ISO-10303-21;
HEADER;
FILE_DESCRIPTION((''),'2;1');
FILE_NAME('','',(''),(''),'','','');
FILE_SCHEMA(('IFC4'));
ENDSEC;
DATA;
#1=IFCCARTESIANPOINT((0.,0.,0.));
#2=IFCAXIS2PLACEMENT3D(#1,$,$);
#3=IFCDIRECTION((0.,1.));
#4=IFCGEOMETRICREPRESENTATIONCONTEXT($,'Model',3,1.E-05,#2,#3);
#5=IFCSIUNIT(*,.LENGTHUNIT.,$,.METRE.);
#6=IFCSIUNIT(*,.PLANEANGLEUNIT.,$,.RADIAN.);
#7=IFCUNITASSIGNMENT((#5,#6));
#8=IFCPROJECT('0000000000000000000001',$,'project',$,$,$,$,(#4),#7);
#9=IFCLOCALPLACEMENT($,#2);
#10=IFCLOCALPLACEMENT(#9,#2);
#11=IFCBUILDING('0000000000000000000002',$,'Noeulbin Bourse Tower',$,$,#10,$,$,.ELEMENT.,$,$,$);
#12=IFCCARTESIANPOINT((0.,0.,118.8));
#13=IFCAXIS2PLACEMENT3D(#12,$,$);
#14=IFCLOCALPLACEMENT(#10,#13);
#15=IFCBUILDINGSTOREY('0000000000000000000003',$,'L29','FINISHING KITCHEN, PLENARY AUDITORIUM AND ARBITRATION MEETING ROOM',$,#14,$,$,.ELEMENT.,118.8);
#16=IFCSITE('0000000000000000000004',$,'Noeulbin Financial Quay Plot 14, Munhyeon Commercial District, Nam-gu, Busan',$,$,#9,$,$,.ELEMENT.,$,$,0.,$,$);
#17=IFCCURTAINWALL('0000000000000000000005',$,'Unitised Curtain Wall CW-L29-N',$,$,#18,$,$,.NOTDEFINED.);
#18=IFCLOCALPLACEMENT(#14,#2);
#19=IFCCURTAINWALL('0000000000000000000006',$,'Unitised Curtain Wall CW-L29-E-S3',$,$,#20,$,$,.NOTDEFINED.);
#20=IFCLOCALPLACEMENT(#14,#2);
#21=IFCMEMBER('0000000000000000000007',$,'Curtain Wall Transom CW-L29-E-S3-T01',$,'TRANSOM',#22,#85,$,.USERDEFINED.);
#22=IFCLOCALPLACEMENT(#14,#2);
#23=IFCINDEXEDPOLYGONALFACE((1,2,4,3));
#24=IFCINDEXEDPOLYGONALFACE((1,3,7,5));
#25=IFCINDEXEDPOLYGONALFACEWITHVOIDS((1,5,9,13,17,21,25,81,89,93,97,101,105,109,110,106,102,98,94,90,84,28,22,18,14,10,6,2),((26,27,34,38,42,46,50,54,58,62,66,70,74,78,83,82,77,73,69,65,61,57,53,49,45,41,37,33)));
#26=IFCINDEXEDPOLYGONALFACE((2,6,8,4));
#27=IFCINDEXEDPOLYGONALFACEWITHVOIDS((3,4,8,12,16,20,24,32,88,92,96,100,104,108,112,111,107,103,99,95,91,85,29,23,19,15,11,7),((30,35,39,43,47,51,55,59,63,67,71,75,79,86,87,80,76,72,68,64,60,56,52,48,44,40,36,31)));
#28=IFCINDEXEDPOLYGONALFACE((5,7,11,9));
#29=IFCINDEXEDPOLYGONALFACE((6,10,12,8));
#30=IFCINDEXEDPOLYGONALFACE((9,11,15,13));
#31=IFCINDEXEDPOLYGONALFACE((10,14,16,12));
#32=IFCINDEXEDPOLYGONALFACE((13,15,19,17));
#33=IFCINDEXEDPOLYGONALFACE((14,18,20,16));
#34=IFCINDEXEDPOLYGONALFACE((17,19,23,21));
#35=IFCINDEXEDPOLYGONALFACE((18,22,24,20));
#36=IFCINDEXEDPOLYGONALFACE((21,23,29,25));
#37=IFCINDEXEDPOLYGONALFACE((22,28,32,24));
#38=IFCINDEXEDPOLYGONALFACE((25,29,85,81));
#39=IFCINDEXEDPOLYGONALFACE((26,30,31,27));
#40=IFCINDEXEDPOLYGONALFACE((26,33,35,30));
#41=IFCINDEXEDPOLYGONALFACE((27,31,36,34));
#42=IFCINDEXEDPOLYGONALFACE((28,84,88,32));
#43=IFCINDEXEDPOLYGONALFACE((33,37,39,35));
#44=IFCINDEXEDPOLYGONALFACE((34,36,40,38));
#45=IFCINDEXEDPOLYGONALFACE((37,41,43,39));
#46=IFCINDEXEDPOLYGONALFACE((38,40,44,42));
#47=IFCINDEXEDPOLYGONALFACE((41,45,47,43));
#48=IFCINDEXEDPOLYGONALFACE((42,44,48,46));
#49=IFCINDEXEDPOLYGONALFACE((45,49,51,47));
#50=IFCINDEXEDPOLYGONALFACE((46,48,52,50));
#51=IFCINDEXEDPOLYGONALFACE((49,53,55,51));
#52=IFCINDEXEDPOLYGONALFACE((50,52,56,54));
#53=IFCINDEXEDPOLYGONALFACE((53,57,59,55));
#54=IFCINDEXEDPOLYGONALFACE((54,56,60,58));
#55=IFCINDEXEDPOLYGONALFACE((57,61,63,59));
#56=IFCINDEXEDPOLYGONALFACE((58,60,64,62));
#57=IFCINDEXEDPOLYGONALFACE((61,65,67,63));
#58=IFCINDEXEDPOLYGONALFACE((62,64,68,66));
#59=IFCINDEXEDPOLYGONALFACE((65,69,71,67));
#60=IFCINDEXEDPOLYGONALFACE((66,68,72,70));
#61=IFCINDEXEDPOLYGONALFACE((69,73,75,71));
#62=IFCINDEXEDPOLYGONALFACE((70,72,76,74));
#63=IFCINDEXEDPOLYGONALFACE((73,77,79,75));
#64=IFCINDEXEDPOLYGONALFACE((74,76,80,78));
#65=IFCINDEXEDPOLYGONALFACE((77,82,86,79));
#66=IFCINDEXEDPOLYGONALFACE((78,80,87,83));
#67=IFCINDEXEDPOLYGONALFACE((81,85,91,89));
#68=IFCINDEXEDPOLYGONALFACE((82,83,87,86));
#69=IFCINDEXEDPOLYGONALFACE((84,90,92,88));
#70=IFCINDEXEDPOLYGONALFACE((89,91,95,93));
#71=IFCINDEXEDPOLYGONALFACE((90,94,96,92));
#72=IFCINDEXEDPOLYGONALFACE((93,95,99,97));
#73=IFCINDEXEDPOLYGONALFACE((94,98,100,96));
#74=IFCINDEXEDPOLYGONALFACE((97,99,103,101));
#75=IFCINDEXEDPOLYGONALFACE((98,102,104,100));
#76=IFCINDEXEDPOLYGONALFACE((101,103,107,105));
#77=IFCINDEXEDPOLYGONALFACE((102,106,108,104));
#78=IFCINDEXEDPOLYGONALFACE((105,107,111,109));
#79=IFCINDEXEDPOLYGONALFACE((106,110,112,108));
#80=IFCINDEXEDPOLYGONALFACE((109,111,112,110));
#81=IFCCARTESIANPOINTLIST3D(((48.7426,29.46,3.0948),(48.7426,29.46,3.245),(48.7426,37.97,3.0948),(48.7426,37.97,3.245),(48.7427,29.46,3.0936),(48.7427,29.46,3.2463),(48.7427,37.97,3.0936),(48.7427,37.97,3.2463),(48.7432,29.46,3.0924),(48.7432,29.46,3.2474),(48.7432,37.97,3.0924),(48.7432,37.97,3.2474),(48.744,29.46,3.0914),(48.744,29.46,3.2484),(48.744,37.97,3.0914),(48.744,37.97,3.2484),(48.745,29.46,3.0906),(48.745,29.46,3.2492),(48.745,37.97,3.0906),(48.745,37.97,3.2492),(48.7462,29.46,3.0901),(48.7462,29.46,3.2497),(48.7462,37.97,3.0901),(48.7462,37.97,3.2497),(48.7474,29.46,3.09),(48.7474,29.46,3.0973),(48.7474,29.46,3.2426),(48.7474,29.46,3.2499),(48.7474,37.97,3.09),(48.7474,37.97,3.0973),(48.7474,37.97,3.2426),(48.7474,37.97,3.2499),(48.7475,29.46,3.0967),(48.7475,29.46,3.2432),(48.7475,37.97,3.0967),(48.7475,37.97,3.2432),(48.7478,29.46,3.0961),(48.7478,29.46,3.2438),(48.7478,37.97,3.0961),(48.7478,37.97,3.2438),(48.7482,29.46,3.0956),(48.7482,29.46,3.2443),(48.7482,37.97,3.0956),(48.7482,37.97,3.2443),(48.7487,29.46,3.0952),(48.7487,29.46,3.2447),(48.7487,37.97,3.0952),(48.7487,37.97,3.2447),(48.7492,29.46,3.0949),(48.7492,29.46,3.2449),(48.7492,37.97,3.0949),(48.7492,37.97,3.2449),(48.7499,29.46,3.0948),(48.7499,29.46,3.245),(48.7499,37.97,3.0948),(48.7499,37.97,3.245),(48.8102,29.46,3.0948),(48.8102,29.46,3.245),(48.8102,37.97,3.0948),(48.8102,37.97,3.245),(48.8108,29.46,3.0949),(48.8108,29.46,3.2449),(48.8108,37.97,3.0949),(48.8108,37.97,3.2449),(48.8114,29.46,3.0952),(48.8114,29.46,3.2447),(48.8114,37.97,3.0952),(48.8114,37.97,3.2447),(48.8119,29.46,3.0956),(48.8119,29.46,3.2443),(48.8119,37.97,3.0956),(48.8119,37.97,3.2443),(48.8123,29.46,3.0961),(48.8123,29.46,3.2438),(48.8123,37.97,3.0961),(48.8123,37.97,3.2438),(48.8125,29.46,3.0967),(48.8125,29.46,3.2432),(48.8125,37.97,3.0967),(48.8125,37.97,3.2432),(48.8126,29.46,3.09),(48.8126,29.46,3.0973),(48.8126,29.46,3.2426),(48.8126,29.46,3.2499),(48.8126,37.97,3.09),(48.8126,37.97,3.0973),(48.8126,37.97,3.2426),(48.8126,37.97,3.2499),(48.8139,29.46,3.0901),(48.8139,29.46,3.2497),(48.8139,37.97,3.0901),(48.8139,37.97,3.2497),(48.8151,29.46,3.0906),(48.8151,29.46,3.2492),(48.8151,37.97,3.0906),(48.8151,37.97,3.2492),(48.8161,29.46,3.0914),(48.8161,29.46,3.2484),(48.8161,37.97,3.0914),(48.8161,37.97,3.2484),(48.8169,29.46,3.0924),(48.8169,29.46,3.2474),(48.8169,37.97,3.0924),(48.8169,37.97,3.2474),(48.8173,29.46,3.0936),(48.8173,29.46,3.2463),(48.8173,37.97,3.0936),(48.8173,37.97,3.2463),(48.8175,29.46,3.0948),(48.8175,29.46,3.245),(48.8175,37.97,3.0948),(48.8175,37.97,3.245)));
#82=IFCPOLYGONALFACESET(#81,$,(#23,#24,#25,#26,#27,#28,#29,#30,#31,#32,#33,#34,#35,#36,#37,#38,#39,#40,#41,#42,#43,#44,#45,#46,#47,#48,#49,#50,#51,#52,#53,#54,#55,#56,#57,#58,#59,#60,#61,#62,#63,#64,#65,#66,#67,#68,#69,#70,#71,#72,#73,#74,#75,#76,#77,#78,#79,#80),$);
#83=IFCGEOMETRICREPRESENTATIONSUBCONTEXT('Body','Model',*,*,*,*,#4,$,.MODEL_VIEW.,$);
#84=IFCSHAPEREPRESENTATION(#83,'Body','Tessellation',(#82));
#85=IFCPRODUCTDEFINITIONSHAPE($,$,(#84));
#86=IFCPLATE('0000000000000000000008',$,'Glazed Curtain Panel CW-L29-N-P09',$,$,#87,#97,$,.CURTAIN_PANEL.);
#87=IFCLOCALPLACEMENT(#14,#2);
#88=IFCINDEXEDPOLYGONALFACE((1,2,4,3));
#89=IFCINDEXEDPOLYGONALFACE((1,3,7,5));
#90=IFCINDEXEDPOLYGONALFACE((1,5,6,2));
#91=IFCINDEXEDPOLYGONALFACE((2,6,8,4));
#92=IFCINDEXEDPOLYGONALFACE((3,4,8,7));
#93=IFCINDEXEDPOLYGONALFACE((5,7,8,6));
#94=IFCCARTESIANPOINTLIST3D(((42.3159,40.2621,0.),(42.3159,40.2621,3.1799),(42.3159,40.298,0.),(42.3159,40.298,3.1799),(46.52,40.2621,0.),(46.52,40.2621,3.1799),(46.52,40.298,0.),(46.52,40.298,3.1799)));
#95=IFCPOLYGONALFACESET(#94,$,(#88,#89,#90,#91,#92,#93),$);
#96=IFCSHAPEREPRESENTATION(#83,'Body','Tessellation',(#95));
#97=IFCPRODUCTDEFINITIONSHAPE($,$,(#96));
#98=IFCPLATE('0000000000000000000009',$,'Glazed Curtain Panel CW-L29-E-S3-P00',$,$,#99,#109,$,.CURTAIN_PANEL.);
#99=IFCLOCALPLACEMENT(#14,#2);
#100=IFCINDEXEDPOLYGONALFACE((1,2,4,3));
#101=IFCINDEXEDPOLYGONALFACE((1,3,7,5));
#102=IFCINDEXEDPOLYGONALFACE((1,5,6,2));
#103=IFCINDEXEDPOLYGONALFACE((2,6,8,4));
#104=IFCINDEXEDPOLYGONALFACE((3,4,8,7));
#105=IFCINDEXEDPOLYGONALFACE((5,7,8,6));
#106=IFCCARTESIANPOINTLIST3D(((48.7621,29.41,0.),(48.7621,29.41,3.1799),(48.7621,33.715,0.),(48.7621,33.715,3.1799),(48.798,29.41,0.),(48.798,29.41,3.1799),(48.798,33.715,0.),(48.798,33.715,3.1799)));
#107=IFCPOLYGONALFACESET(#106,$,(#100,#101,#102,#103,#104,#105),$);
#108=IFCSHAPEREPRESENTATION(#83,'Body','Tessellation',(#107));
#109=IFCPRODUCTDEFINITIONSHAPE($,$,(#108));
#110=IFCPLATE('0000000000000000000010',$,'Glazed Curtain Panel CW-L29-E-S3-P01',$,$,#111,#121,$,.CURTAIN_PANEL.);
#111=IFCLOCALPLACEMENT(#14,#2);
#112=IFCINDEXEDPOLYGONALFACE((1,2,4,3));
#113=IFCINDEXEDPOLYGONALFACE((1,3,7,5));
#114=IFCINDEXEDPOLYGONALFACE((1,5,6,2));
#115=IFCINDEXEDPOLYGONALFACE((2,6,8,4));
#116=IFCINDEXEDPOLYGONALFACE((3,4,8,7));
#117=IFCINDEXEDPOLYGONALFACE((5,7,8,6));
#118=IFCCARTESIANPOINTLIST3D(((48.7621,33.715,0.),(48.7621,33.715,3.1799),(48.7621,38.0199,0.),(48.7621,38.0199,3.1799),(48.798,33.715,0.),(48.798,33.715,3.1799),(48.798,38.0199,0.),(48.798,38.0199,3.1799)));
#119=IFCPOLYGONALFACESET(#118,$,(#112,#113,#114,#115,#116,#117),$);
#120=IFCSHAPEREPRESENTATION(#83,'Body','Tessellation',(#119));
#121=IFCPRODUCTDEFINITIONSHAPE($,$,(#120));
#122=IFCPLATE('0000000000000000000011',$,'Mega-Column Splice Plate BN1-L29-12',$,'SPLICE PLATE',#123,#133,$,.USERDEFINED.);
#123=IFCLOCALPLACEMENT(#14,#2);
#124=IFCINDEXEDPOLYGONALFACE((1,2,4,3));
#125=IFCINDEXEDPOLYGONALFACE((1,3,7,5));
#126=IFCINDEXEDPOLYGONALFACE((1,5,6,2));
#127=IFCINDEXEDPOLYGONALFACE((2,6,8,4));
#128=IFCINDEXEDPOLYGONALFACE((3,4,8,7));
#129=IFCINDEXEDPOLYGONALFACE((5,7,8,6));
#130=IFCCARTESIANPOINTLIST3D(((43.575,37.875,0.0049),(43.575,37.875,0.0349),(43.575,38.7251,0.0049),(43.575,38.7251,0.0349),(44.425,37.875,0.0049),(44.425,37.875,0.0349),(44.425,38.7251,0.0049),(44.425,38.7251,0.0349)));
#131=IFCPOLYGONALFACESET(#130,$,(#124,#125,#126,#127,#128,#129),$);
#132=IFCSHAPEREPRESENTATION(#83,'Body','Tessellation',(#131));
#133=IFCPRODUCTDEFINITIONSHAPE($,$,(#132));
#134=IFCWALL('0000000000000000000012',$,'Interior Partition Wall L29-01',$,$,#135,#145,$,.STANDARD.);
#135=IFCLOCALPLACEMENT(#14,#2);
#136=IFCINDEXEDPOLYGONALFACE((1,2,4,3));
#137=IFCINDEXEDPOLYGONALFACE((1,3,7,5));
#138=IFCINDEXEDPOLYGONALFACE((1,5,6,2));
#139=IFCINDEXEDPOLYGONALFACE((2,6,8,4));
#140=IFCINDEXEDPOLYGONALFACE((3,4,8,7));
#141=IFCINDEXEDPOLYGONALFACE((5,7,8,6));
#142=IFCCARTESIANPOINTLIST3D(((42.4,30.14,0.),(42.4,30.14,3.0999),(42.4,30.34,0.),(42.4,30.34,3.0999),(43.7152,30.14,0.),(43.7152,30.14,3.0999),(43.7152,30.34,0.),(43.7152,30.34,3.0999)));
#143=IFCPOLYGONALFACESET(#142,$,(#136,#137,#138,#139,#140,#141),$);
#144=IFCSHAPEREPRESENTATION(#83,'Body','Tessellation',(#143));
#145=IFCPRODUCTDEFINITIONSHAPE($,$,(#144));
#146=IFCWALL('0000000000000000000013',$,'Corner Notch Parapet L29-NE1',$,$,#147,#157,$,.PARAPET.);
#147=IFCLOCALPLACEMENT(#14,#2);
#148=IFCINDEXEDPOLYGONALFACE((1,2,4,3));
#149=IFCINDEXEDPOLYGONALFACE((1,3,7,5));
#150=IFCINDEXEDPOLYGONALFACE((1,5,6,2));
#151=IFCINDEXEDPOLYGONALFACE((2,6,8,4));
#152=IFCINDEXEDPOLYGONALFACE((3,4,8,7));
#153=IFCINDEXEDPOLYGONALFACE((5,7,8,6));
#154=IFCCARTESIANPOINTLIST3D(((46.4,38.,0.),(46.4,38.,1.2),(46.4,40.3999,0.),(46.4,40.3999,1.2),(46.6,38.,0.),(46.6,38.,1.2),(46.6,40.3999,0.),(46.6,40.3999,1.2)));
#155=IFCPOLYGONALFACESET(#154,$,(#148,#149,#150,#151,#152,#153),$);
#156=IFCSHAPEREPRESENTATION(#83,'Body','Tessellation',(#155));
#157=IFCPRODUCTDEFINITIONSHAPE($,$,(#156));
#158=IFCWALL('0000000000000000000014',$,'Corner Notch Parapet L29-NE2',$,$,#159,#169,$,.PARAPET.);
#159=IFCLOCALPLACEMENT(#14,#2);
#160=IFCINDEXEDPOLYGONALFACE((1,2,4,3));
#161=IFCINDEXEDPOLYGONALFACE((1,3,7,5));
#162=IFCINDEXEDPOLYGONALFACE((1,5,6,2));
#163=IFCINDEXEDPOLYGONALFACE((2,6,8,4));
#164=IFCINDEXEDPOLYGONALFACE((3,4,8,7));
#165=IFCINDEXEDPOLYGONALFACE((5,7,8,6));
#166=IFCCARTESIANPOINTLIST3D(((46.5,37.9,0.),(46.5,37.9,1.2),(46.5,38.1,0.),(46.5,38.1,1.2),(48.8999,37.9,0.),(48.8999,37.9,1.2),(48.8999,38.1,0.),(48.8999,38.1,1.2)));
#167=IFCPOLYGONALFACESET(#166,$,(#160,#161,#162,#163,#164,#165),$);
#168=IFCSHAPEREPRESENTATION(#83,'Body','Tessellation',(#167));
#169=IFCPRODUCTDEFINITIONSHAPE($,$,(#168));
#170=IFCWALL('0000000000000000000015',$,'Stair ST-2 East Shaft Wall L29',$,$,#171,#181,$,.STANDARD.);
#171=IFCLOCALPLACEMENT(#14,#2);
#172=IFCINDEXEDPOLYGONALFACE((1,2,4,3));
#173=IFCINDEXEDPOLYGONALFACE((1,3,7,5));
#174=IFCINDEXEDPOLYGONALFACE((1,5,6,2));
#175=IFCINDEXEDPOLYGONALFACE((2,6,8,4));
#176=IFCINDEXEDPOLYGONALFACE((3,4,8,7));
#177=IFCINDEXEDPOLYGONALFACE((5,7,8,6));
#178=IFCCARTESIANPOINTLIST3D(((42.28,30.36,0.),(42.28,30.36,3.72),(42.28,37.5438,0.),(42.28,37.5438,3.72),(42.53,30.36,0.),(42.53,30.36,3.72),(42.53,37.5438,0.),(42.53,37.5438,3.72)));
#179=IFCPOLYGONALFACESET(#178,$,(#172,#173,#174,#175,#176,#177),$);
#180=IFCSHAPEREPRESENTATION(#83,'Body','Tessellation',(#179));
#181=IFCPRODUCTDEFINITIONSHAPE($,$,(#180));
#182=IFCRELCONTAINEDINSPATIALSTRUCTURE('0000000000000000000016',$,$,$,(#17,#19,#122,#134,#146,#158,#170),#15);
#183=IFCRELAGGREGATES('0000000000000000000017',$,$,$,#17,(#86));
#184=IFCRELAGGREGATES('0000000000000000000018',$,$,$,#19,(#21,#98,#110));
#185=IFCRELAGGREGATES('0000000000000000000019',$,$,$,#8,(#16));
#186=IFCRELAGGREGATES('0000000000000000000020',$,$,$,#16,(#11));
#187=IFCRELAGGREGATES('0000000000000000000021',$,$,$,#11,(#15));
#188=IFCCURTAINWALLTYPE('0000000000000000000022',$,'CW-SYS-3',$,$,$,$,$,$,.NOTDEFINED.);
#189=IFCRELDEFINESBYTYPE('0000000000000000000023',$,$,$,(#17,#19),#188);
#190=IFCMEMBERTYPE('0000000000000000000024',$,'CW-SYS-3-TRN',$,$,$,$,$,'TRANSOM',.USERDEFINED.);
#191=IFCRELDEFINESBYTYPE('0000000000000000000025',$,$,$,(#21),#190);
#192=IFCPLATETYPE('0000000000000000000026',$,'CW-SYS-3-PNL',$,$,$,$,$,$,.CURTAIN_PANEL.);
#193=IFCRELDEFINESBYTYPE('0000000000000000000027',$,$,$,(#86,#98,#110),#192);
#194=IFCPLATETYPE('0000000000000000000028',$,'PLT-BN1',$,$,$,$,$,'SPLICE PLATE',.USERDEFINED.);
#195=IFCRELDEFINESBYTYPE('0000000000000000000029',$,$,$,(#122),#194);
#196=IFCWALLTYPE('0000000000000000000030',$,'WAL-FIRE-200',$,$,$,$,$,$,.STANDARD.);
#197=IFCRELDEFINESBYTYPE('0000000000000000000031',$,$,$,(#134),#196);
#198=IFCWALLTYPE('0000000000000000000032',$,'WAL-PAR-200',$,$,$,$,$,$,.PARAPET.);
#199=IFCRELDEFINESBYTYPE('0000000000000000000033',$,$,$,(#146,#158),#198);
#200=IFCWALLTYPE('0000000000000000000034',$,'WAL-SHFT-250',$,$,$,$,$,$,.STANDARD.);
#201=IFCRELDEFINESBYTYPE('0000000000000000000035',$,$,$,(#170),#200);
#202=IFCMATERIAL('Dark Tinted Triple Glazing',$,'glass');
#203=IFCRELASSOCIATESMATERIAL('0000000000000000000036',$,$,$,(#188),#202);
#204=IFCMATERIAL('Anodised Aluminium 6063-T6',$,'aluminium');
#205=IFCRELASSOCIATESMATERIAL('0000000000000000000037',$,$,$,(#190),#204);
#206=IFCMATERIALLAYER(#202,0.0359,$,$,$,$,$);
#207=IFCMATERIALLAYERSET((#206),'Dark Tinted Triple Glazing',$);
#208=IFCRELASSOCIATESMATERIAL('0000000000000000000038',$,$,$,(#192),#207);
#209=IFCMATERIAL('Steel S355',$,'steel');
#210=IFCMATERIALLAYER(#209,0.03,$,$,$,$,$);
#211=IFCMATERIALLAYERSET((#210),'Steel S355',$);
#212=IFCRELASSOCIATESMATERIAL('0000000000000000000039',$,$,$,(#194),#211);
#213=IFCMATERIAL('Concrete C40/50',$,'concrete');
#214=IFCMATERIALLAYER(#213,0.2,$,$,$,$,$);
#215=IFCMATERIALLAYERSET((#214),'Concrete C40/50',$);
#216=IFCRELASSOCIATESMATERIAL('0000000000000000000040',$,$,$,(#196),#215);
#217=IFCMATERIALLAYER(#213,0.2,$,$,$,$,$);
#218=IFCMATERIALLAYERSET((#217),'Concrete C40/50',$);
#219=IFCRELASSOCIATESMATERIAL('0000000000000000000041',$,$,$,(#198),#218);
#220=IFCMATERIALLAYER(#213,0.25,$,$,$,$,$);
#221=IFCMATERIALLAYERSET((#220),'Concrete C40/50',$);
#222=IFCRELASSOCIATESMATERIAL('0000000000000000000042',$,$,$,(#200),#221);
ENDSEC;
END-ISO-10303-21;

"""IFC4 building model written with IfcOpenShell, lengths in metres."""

from ifc_helpers import new_model, si_unit, direction, frame, frame_2d, origin, origin_2d, place, context, subcontext, project, spatial, rectangle, hollow_rectangle, extrude, material, layer, layer_set, material_profile, profile_set, type_object, element, aggregate, save


model = new_model("IFC4")

# Units and contexts
model_context = context("Model", 3, precision=1e-05, world=origin(), true_north=direction((0.0, 1.0)))
body_context = subcontext(model_context, "Body", "Model", "MODEL_VIEW")
ifc_project = project(units=[si_unit("LENGTHUNIT", "METRE"), si_unit("PLANEANGLEUNIT", "RADIAN")], contexts=[model_context])

# Site, building, storey
site_placement = place(None, origin())
site = spatial("IfcSite", under=ifc_project, at=site_placement, Name="Noeulbin Financial Quay Plot 14, Munhyeon Commercial District, Nam-gu, Busan", CompositionType="ELEMENT", RefElevation=0.0)
building_placement = place(site_placement, origin())
building = spatial("IfcBuilding", under=site, at=building_placement, Name="Noeulbin Bourse Tower", CompositionType="ELEMENT")
storey_placement = place(building_placement, frame((0.0, 0.0, 118.8)))
storey = spatial("IfcBuildingStorey", under=building, at=storey_placement, Name="L29", Description="FINISHING KITCHEN, PLENARY AUDITORIUM AND ARBITRATION MEETING ROOM", CompositionType="ELEMENT", Elevation=118.8)

# Shared definitions
ifc_material_1 = material(Name="Steel S355", Category="steel")

# Curtain walls, member
ifc_material_2 = material(Name="Dark Tinted Triple Glazing", Category="glass")
curtain_wall_type = type_object("IfcCurtainWallType", Name="CW-SYS-3", PredefinedType="NOTDEFINED", material=ifc_material_2)
curtain_wall_1_placement = place(storey_placement, origin())
curtain_wall_1 = element("IfcCurtainWall", 1, at=curtain_wall_1_placement, inside=storey, type_object=curtain_wall_type, Name="Unitised Curtain Wall CW-L29-N", PredefinedType="NOTDEFINED")
ifc_material_3 = material(Name="Anodised Aluminium 6063-T6", Category="aluminium")
curtain_wall_2_placement = place(storey_placement, origin())
curtain_wall_2 = element("IfcCurtainWall", 2, at=curtain_wall_2_placement, inside=storey, type_object=curtain_wall_type, Name="Unitised Curtain Wall CW-L29-E-S3", PredefinedType="NOTDEFINED")
ifc_material_profile_1 = material_profile(ifc_material_3, hollow_rectangle(XDim=0.075, YDim=0.1599, WallThickness=0.0049, InnerFilletRadius=0.0024, OuterFilletRadius=0.0049, at=origin_2d()), Name="ALU-TRAN-75x160x5", Category="LoadBearing")
ifc_profile_set_1 = profile_set([ifc_material_profile_1], Name="Anodised Aluminium 6063-T6")
member_type_1 = type_object("IfcMemberType", Name="CW-SYS-3-TRN", ElementType="TRANSOM", PredefinedType="USERDEFINED", material=ifc_profile_set_1)
member_1_placement = place(storey_placement, frame((48.78, 29.46, 3.1699), z_axis=(0.0, 1.0, 0.0), x_axis=(-1.0, 0.0, 0.0)))
member_1 = element("IfcMember", 3, at=member_1_placement, type_object=member_type_1, Name="Curtain Wall Transom CW-L29-E-S3-T01", ObjectType="TRANSOM", PredefinedType="USERDEFINED", context=body_context, shape_type="SweptSolid", body=[
    extrude(hollow_rectangle(XDim=0.075, YDim=0.1599, WallThickness=0.0049, InnerFilletRadius=0.0024, OuterFilletRadius=0.0049, at=origin_2d()), origin(), (0.0, 0.0, 1.0), 8.51),
])

# Plates
ifc_layer_1 = layer(ifc_material_2, 0.0359)
ifc_layer_set_1 = layer_set([ifc_layer_1], Name="Dark Tinted Triple Glazing")
plate_type_1 = type_object("IfcPlateType", Name="CW-SYS-3-PNL", PredefinedType="CURTAIN_PANEL", material=ifc_layer_set_1)
plate_1_placement = place(storey_placement, frame((44.418, 40.28, 0.0), z_axis=(0.0, 0.0, 1.0), x_axis=(1.0, 0.0, 0.0)))
plate_1 = element("IfcPlate", 4, at=plate_1_placement, type_object=plate_type_1, Name="Glazed Curtain Panel CW-L29-N-P09", PredefinedType="CURTAIN_PANEL", context=body_context, shape_type="SweptSolid", body=[
    extrude(rectangle(XDim=4.2041, YDim=0.0359, at=origin_2d()), origin(), (0.0, 0.0, 1.0), 3.1799),
])
aggregate(curtain_wall_1, [plate_1])
plate_2_placement = place(storey_placement, frame((48.78, 31.5625, 0.0), z_axis=(0.0, 0.0, 1.0), x_axis=(0.0, 1.0, 0.0)))
plate_2 = element("IfcPlate", 5, at=plate_2_placement, type_object=plate_type_1, Name="Glazed Curtain Panel CW-L29-E-S3-P00", PredefinedType="CURTAIN_PANEL", context=body_context, shape_type="SweptSolid", body=[
    extrude(rectangle(XDim=4.3049, YDim=0.0359, at=origin_2d()), origin(), (0.0, 0.0, 1.0), 3.1799),
])
plate_3_placement = place(storey_placement, frame((48.78, 35.8674, 0.0), z_axis=(0.0, 0.0, 1.0), x_axis=(0.0, 1.0, 0.0)))
plate_3 = element("IfcPlate", 6, at=plate_3_placement, type_object=plate_type_1, Name="Glazed Curtain Panel CW-L29-E-S3-P01", PredefinedType="CURTAIN_PANEL", context=body_context, shape_type="SweptSolid", body=[
    extrude(rectangle(XDim=4.3049, YDim=0.0359, at=origin_2d()), origin(), (0.0, 0.0, 1.0), 3.1799),
])
aggregate(curtain_wall_2, [member_1, plate_2, plate_3])
ifc_layer_2 = layer(ifc_material_1, 0.03)
ifc_layer_set_2 = layer_set([ifc_layer_2], Name="Steel S355")
plate_type_2 = type_object("IfcPlateType", Name="PLT-BN1", ElementType="SPLICE PLATE", PredefinedType="USERDEFINED", material=ifc_layer_set_2)
plate_4_placement = place(storey_placement, frame((44.0, 38.3, 0.0049), z_axis=(0.0, 0.0, 1.0), x_axis=(1.0, 0.0, 0.0)))
element("IfcPlate", 7, at=plate_4_placement, inside=storey, type_object=plate_type_2, Name="Mega-Column Splice Plate BN1-L29-12", ObjectType="SPLICE PLATE", PredefinedType="USERDEFINED", context=body_context, shape_type="SweptSolid", body=[
    extrude(rectangle(XDim=0.8501, YDim=0.8501, at=origin_2d()), origin(), (0.0, 0.0, 1.0), 0.03),
])

# Walls
ifc_material_4 = material(Name="Concrete C40/50", Category="concrete")
ifc_layer_3 = layer(ifc_material_4, 0.2)
ifc_layer_set_3 = layer_set([ifc_layer_3], Name="Concrete C40/50")
wall_type_1 = type_object("IfcWallType", Name="WAL-FIRE-200", PredefinedType="STANDARD", material=ifc_layer_set_3)
wall_1_placement = place(storey_placement, frame((42.3999, 30.24, 0.0), z_axis=(0.0, 0.0, 1.0), x_axis=(1.0, 0.0, 0.0)))
element("IfcWall", 8, at=wall_1_placement, inside=storey, type_object=wall_type_1, Name="Interior Partition Wall L29-01", PredefinedType="STANDARD", context=body_context, shape_type="SweptSolid", body=[
    extrude(rectangle(XDim=1.3152, YDim=0.2, at=frame_2d((0.6577, 0.0))), origin(), (0.0, 0.0, 1.0), 3.0999),
])
ifc_layer_4 = layer(ifc_material_4, 0.2)
ifc_layer_set_4 = layer_set([ifc_layer_4], Name="Concrete C40/50")
wall_type_2 = type_object("IfcWallType", Name="WAL-PAR-200", PredefinedType="PARAPET", material=ifc_layer_set_4)
for number, where, z_axis, x_axis, name in (
    (9, (46.5, 40.3999, 0.0), (0.0, 0.0, 1.0), (0.0, -1.0, 0.0), "Corner Notch Parapet L29-NE1"),
    (10, (46.5, 38.0, 0.0), (0.0, 0.0, 1.0), (1.0, 0.0, 0.0), "Corner Notch Parapet L29-NE2"),
):
    element("IfcWall", number, at=place(storey_placement, frame(where, z_axis=z_axis, x_axis=x_axis)), inside=storey, type_object=wall_type_2, Name=name, PredefinedType="PARAPET", context=body_context, shape_type="SweptSolid", body=[
        extrude(rectangle(XDim=2.3999, YDim=0.2, at=frame_2d((1.2, 0.0))), origin(), (0.0, 0.0, 1.0), 1.2),
    ])
ifc_layer_5 = layer(ifc_material_4, 0.25)
ifc_layer_set_5 = layer_set([ifc_layer_5], Name="Concrete C40/50")
wall_type_3 = type_object("IfcWallType", Name="WAL-SHFT-250", PredefinedType="STANDARD", material=ifc_layer_set_5)
wall_2_placement = place(storey_placement, frame((42.405, 30.3601, 0.0), z_axis=(0.0, 0.0, 1.0), x_axis=(0.0, 1.0, 0.0)))
element("IfcWall", 11, at=wall_2_placement, inside=storey, type_object=wall_type_3, Name="Stair ST-2 East Shaft Wall L29", PredefinedType="STANDARD", context=body_context, shape_type="SweptSolid", body=[
    extrude(rectangle(XDim=7.1838, YDim=0.25, at=frame_2d((3.5918, 0.0))), origin(), (0.0, 0.0, 1.0), 3.72),
])

save(model, "model.ifc")
